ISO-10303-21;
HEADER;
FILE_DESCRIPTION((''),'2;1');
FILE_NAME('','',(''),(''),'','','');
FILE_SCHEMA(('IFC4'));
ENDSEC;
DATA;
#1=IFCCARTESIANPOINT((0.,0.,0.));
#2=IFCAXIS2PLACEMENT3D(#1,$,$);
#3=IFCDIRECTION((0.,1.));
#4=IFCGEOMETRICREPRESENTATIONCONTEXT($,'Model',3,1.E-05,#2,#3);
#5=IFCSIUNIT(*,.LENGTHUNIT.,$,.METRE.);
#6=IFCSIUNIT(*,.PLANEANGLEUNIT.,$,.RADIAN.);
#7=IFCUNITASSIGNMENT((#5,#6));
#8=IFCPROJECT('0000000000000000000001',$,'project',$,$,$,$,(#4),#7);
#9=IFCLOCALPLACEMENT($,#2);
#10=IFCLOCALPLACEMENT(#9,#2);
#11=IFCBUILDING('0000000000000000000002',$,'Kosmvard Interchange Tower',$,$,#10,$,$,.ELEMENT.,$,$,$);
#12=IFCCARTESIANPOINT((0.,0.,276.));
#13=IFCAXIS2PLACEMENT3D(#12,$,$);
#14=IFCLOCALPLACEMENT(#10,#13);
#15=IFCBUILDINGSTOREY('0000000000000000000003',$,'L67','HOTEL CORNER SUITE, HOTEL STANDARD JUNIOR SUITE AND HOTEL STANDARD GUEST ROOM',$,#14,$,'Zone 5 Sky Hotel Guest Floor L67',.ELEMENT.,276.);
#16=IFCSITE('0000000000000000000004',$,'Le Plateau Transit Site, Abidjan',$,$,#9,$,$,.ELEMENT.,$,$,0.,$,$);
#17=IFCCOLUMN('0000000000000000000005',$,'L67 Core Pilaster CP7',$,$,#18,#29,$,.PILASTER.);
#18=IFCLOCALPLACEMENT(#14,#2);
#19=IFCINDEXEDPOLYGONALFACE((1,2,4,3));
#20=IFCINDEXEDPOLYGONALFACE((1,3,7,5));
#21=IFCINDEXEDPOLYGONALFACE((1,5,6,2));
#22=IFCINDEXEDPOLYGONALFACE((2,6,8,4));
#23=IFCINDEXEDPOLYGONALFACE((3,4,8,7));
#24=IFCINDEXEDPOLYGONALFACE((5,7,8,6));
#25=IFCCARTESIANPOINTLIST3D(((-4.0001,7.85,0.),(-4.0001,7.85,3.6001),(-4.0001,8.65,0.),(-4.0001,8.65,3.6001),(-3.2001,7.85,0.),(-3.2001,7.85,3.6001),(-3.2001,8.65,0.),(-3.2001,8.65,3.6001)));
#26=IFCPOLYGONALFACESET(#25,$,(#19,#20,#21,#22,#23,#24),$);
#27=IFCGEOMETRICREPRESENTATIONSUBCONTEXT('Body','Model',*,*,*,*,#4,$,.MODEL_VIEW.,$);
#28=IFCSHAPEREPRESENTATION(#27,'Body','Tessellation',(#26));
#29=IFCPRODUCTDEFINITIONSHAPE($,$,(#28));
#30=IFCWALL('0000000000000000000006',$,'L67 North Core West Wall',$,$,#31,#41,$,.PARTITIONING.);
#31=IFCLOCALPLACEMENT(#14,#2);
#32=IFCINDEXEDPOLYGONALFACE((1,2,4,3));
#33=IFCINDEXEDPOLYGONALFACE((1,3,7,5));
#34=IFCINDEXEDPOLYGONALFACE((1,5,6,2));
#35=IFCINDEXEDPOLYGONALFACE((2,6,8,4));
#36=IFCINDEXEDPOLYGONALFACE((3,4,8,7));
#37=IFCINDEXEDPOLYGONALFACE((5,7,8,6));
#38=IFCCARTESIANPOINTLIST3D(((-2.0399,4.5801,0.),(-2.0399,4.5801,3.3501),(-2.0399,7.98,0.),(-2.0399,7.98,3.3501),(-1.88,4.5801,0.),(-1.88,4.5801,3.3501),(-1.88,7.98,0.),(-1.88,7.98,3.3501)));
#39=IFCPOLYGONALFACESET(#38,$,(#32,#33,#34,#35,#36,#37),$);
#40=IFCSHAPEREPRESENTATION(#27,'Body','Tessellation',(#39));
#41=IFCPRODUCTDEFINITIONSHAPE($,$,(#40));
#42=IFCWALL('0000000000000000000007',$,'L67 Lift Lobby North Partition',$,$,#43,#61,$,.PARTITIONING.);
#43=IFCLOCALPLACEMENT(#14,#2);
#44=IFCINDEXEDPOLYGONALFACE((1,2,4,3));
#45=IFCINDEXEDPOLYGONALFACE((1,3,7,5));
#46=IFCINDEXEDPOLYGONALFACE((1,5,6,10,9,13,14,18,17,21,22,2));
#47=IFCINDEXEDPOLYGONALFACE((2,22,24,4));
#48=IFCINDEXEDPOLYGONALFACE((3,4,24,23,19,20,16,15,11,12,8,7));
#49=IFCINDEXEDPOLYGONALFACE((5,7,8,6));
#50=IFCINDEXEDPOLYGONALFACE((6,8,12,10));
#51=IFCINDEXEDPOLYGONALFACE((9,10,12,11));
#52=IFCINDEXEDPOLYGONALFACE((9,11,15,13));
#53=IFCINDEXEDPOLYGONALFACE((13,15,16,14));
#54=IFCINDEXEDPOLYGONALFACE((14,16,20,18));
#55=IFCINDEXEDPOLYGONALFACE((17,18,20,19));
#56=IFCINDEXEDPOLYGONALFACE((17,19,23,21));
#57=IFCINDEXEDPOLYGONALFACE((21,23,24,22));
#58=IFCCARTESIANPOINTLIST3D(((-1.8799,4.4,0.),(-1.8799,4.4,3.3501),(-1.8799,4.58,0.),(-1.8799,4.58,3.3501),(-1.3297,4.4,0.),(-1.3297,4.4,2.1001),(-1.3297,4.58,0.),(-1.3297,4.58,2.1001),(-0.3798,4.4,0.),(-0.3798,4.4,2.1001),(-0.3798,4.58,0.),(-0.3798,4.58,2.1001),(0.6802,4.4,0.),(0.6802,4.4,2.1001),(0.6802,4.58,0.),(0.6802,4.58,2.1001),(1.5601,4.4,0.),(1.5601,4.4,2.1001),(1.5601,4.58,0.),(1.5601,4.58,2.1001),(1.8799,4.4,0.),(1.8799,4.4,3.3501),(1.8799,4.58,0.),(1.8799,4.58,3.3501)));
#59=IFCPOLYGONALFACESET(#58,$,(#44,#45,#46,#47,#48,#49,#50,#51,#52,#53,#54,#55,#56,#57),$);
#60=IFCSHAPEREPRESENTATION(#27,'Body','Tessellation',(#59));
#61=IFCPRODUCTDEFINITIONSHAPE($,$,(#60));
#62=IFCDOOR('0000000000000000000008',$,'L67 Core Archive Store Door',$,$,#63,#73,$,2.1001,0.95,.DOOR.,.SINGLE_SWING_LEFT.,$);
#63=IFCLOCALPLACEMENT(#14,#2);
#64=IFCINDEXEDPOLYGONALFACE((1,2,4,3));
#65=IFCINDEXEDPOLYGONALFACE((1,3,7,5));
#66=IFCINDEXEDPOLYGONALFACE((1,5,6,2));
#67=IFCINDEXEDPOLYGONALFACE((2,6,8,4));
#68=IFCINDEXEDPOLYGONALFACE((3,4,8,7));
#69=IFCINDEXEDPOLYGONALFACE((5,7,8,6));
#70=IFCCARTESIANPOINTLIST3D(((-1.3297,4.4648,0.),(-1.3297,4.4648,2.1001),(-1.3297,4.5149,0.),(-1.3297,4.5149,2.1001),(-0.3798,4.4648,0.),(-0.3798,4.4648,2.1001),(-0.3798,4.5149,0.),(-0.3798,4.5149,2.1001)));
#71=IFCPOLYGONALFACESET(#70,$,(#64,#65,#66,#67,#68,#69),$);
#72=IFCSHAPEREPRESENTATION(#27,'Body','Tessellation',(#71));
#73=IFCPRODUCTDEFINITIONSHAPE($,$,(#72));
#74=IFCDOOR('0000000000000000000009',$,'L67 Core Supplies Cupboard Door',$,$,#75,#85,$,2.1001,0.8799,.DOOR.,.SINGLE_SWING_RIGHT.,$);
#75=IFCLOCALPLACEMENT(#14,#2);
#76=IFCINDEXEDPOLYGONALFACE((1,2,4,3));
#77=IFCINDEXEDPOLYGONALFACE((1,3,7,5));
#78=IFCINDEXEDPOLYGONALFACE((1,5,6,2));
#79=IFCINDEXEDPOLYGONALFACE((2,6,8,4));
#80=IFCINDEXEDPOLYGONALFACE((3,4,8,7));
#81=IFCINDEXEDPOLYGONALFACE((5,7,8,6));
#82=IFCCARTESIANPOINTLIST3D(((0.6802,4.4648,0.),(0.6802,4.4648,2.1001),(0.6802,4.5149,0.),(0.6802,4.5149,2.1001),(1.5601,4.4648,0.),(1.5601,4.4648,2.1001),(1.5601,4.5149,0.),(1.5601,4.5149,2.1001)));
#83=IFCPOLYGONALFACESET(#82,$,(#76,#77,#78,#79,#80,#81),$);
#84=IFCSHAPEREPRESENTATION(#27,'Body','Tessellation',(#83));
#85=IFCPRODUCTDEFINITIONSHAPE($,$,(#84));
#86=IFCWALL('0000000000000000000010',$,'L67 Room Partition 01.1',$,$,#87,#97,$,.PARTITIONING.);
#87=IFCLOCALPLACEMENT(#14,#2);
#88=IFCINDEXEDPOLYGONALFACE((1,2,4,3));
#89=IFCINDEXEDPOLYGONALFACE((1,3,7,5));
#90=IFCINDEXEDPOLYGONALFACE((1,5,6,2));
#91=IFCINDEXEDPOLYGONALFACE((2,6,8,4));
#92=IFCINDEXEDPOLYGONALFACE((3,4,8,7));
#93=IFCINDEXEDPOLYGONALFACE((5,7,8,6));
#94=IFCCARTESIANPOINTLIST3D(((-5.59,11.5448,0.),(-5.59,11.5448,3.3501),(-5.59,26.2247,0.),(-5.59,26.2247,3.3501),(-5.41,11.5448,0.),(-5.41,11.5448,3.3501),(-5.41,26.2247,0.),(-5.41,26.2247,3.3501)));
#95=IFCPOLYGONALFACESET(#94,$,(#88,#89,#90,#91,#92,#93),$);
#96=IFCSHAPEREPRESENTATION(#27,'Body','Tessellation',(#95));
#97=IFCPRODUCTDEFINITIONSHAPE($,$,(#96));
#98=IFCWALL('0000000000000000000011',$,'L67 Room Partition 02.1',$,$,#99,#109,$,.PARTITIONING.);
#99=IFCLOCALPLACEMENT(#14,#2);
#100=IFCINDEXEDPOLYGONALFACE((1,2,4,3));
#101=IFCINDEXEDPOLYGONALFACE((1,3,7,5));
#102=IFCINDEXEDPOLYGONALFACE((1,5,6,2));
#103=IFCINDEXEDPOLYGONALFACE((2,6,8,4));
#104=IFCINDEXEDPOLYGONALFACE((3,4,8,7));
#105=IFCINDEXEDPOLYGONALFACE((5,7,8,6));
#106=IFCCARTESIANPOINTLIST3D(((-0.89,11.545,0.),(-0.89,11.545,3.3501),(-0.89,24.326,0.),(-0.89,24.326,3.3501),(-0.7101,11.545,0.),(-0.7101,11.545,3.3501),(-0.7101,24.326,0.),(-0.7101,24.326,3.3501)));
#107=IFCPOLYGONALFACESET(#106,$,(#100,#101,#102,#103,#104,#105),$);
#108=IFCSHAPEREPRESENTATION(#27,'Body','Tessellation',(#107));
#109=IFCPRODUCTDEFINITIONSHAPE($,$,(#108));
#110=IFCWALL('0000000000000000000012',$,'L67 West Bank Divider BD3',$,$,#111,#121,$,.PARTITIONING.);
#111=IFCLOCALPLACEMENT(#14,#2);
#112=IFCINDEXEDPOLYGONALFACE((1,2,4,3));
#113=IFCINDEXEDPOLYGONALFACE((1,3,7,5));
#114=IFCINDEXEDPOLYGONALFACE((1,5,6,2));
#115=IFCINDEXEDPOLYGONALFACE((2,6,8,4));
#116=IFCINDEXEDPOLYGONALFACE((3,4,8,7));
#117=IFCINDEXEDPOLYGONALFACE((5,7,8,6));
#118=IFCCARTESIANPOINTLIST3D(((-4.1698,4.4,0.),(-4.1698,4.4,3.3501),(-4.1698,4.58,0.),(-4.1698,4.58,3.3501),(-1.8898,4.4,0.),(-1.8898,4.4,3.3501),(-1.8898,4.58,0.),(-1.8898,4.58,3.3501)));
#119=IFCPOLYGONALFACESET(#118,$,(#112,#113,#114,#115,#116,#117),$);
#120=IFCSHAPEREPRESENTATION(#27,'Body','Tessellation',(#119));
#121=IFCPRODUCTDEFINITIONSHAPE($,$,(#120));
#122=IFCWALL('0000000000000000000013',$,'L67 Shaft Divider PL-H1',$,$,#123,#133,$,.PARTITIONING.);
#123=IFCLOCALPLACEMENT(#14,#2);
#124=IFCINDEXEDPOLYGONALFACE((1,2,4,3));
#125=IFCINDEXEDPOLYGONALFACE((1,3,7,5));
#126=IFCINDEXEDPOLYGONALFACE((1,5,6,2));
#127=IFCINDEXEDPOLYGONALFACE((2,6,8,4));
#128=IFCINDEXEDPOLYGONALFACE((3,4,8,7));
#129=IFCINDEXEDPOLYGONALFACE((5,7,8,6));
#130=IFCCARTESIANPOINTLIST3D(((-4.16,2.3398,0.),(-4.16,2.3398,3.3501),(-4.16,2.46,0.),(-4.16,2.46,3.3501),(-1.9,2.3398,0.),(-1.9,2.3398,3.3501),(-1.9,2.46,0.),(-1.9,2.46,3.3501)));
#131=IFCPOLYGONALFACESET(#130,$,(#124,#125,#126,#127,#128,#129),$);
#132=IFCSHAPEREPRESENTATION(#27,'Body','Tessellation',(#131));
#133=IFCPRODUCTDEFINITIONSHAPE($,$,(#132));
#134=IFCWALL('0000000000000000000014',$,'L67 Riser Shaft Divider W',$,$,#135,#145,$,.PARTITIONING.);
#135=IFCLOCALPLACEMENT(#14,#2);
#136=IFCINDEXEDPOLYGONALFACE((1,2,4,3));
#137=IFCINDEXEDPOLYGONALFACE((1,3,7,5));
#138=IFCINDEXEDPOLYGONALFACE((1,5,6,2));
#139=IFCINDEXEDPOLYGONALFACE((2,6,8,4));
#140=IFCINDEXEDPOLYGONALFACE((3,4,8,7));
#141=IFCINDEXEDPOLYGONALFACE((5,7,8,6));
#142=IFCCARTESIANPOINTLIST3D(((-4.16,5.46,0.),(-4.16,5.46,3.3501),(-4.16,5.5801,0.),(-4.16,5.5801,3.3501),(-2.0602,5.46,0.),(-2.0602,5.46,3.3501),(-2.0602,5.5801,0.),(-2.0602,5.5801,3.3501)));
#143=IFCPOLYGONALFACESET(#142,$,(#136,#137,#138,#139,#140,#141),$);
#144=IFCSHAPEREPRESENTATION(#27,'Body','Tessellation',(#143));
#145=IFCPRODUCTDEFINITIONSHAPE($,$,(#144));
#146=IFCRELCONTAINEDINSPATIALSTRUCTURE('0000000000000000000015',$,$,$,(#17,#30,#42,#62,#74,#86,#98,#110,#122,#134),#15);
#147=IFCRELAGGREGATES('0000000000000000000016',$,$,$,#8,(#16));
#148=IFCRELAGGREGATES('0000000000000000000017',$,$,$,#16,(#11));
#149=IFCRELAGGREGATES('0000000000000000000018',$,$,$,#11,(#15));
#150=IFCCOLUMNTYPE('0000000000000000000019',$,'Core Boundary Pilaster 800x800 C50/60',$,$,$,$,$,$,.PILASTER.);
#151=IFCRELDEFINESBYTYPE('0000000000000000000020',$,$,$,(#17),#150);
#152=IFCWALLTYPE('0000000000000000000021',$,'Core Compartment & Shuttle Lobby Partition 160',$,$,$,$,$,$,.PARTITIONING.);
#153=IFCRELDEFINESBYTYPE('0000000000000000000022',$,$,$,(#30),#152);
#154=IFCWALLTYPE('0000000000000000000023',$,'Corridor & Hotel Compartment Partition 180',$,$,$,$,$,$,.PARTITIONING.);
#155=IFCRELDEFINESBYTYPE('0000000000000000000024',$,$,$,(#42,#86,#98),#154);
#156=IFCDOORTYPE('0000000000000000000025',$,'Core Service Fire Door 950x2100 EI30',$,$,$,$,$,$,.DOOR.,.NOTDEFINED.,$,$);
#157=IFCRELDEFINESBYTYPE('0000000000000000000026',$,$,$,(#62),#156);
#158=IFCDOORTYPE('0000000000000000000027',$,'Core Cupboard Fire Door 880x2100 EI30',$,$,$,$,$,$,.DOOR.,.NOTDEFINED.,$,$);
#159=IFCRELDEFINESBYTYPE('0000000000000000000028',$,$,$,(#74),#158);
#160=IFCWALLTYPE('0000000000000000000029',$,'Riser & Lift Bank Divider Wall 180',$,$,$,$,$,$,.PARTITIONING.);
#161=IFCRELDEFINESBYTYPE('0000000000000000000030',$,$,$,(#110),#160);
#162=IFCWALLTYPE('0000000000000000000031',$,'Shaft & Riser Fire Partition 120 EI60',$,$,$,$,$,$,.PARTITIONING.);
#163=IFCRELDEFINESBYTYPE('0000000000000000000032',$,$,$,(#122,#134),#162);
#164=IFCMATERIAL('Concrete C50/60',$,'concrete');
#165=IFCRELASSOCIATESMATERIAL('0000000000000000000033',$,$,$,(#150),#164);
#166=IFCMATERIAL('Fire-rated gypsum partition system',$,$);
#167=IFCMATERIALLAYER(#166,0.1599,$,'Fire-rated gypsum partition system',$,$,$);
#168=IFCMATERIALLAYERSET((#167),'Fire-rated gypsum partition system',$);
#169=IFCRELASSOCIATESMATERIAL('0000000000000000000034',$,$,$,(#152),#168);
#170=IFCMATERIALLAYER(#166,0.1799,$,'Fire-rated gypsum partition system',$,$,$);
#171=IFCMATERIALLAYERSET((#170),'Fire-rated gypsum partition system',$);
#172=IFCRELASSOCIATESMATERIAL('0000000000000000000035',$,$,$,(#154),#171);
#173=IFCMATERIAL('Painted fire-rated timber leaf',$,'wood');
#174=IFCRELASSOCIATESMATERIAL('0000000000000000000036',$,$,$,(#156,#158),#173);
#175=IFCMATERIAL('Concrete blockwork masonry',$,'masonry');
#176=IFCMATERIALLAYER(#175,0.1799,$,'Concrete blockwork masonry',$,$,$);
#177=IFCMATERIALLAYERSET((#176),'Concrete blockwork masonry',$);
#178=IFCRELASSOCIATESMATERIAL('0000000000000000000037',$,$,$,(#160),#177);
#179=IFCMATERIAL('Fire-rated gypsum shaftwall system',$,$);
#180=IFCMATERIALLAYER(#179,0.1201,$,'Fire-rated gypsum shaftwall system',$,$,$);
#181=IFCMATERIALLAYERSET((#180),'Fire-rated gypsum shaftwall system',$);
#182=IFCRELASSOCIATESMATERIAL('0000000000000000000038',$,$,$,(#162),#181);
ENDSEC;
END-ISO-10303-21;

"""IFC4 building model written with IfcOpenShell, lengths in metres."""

from ifc_helpers import new_model, si_unit, direction, frame, frame_2d, origin, origin_2d, place, context, subcontext, project, spatial, rectangle, extrude, source, transform, mapped, material, layer, layer_set, material_profile, profile_set, type_object, element, fill, save


model = new_model("IFC4")

# Units and contexts
model_context = context("Model", 3, precision=1e-05, world=origin(), true_north=direction((0.0, 1.0)))
body_context = subcontext(model_context, "Body", "Model", "MODEL_VIEW")
ifc_project = project(units=[si_unit("LENGTHUNIT", "METRE"), si_unit("PLANEANGLEUNIT", "RADIAN")], contexts=[model_context])

# Site, building, storey
site_placement = place(None, origin())
site = spatial("IfcSite", under=ifc_project, at=site_placement, Name="Le Plateau Transit Site, Abidjan", CompositionType="ELEMENT", RefElevation=0.0)
building_placement = place(site_placement, origin())
building = spatial("IfcBuilding", under=site, at=building_placement, Name="Kosmvard Interchange Tower", CompositionType="ELEMENT")
storey_placement = place(building_placement, frame((0.0, 0.0, 276.0)))
storey = spatial("IfcBuildingStorey", under=building, at=storey_placement, Name="L67", Description="HOTEL CORNER SUITE, HOTEL STANDARD JUNIOR SUITE AND HOTEL STANDARD GUEST ROOM", LongName="Zone 5 Sky Hotel Guest Floor L67", CompositionType="ELEMENT", Elevation=276.0)

# Column
ifc_material_1 = material(Name="Concrete C50/60", Category="concrete")
ifc_material_profile = material_profile(ifc_material_1, rectangle(XDim=0.8, YDim=0.8, at=origin_2d()), Name="CP 800x800")
ifc_profile_set = profile_set([ifc_material_profile], Name="Concrete C50/60")
column_type = type_object("IfcColumnType", Name="Core Boundary Pilaster 800x800 C50/60", PredefinedType="PILASTER", material=ifc_profile_set)
shared_shape_1 = source(origin(), body_context, "Body", "SweptSolid", [
    extrude(rectangle(XDim=0.8, YDim=0.8, at=origin_2d()), origin(), (0.0, 0.0, 1.0), 3.6001),
])
column_placement = place(storey_placement, frame((-3.6001, 8.25, 0.0), z_axis=(0.0, 0.0, 1.0), x_axis=(1.0, 0.0, 0.0)))
element("IfcColumn", 1, at=column_placement, inside=storey, type_object=column_type, Name="L67 Core Pilaster CP7", PredefinedType="PILASTER", context=body_context, shape_type="MappedRepresentation", body=[
    mapped(shared_shape_1, transform((0.0, 0.0, 0.0), scale=1.0)),
])

# Wall
ifc_material_2 = material(Name="Fire-rated gypsum partition system")
ifc_layer_1 = layer(ifc_material_2, 0.1599, Name="Fire-rated gypsum partition system")
ifc_layer_set_1 = layer_set([ifc_layer_1], Name="Fire-rated gypsum partition system")
wall_type_1 = type_object("IfcWallType", Name="Core Compartment & Shuttle Lobby Partition 160", PredefinedType="PARTITIONING", material=ifc_layer_set_1)
wall_1_placement = place(storey_placement, frame((-1.96, 4.5801, 0.0), z_axis=(0.0, 0.0, 1.0), x_axis=(0.0, 1.0, 0.0)))
element("IfcWall", 2, at=wall_1_placement, inside=storey, type_object=wall_type_1, Name="L67 North Core West Wall", PredefinedType="PARTITIONING", context=body_context, shape_type="SweptSolid", body=[
    extrude(rectangle(XDim=3.3999, YDim=0.1599, at=frame_2d((1.7, 0.0))), origin(), (0.0, 0.0, 1.0), 3.3501),
])

# Wall, openings, doors
ifc_layer_2 = layer(ifc_material_2, 0.1799, Name="Fire-rated gypsum partition system")
ifc_layer_set_2 = layer_set([ifc_layer_2], Name="Fire-rated gypsum partition system")
wall_type_2 = type_object("IfcWallType", Name="Corridor & Hotel Compartment Partition 180", PredefinedType="PARTITIONING", material=ifc_layer_set_2)
wall_2_placement = place(storey_placement, frame((-1.8799, 4.49, 0.0), z_axis=(0.0, 0.0, 1.0), x_axis=(1.0, 0.0, 0.0)))
wall_2 = element("IfcWall", 3, at=wall_2_placement, inside=storey, type_object=wall_type_2, Name="L67 Lift Lobby North Partition", PredefinedType="PARTITIONING", context=body_context, shape_type="SweptSolid", body=[
    extrude(rectangle(XDim=3.7598, YDim=0.1799, at=frame_2d((1.8799, 0.0))), origin(), (0.0, 0.0, 1.0), 3.3501),
])
opening_1_placement = place(wall_2_placement, frame((0.55, 0.0, 0.0)))
opening_1 = element("IfcOpeningElement", 4, at=opening_1_placement, cuts=wall_2, PredefinedType="OPENING", context=body_context, shape_type="SweptSolid", body=[
    extrude(rectangle(XDim=0.95, YDim=2.1001, at=frame_2d((0.4751, 1.05))), frame((0.0, 0.1001, 0.0), z_axis=(0.0, -1.0, 0.0), x_axis=(1.0, 0.0, 0.0)), (0.0, 0.0, 1.0), 0.2),
])
opening_2_placement = place(wall_2_placement, frame((2.5601, 0.0, 0.0)))
opening_2 = element("IfcOpeningElement", 5, at=opening_2_placement, cuts=wall_2, PredefinedType="OPENING", context=body_context, shape_type="SweptSolid", body=[
    extrude(rectangle(XDim=0.8799, YDim=2.1001, at=frame_2d((0.4399, 1.05))), frame((0.0, 0.1001, 0.0), z_axis=(0.0, -1.0, 0.0), x_axis=(1.0, 0.0, 0.0)), (0.0, 0.0, 1.0), 0.2),
])
ifc_material_3 = material(Name="Painted fire-rated timber leaf", Category="wood")
door_type_1 = type_object("IfcDoorType", Name="Core Service Fire Door 950x2100 EI30", OperationType="NOTDEFINED", PredefinedType="DOOR", material=ifc_material_3)
shared_shape_2 = source(origin(), body_context, "Body", "SweptSolid", [
    extrude(rectangle(XDim=0.95, YDim=2.1001, at=frame_2d((0.4751, 1.05))), frame((0.0, 0.0249, 0.0), z_axis=(0.0, -1.0, 0.0), x_axis=(1.0, 0.0, 0.0)), (0.0, 0.0, 1.0), 0.05),
])
door_1_placement = place(opening_1_placement, origin())
door_1 = element("IfcDoor", 6, at=door_1_placement, inside=storey, type_object=door_type_1, Name="L67 Core Archive Store Door", OperationType="SINGLE_SWING_LEFT", OverallHeight=2.1001, OverallWidth=0.95, PredefinedType="DOOR", context=body_context, shape_type="MappedRepresentation", body=[
    mapped(shared_shape_2, transform((0.0, 0.0, 0.0), scale=1.0)),
])
fill(opening_1, door_1)
door_type_2 = type_object("IfcDoorType", Name="Core Cupboard Fire Door 880x2100 EI30", OperationType="NOTDEFINED", PredefinedType="DOOR", material=ifc_material_3)
shared_shape_3 = source(origin(), body_context, "Body", "SweptSolid", [
    extrude(rectangle(XDim=0.8799, YDim=2.1001, at=frame_2d((0.4399, 1.05))), frame((0.0, 0.0249, 0.0), z_axis=(0.0, -1.0, 0.0), x_axis=(1.0, 0.0, 0.0)), (0.0, 0.0, 1.0), 0.05),
])
door_2_placement = place(opening_2_placement, origin())
door_2 = element("IfcDoor", 7, at=door_2_placement, inside=storey, type_object=door_type_2, Name="L67 Core Supplies Cupboard Door", OperationType="SINGLE_SWING_RIGHT", OverallHeight=2.1001, OverallWidth=0.8799, PredefinedType="DOOR", context=body_context, shape_type="MappedRepresentation", body=[
    mapped(shared_shape_3, transform((0.0, 0.0, 0.0), scale=1.0)),
])
fill(opening_2, door_2)

# Walls
wall_3_placement = place(storey_placement, frame((-5.5, 11.5449, 0.0), z_axis=(0.0, 0.0, 1.0), x_axis=(0.0, 1.0, 0.0)))
element("IfcWall", 8, at=wall_3_placement, inside=storey, type_object=wall_type_2, Name="L67 Room Partition 01.1", PredefinedType="PARTITIONING", context=body_context, shape_type="SweptSolid", body=[
    extrude(rectangle(XDim=14.6799, YDim=0.1799, at=frame_2d((7.3398, 0.0))), origin(), (0.0, 0.0, 1.0), 3.3501),
])
wall_4_placement = place(storey_placement, frame((-0.8, 11.5449, 0.0), z_axis=(0.0, 0.0, 1.0), x_axis=(0.0, 1.0, 0.0)))
element("IfcWall", 9, at=wall_4_placement, inside=storey, type_object=wall_type_2, Name="L67 Room Partition 02.1", PredefinedType="PARTITIONING", context=body_context, shape_type="SweptSolid", body=[
    extrude(rectangle(XDim=12.781, YDim=0.1799, at=frame_2d((6.3906, 0.0))), origin(), (0.0, 0.0, 1.0), 3.3501),
])
ifc_material_4 = material(Name="Concrete blockwork masonry", Category="masonry")
ifc_layer_3 = layer(ifc_material_4, 0.1799, Name="Concrete blockwork masonry")
ifc_layer_set_3 = layer_set([ifc_layer_3], Name="Concrete blockwork masonry")
wall_type_3 = type_object("IfcWallType", Name="Riser & Lift Bank Divider Wall 180", PredefinedType="PARTITIONING", material=ifc_layer_set_3)
wall_5_placement = place(storey_placement, frame((-4.1699, 4.49, 0.0), z_axis=(0.0, 0.0, 1.0), x_axis=(1.0, 0.0, 0.0)))
element("IfcWall", 10, at=wall_5_placement, inside=storey, type_object=wall_type_3, Name="L67 West Bank Divider BD3", PredefinedType="PARTITIONING", context=body_context, shape_type="SweptSolid", body=[
    extrude(rectangle(XDim=2.28, YDim=0.1799, at=frame_2d((1.1401, 0.0))), origin(), (0.0, 0.0, 1.0), 3.3501),
])
ifc_material_5 = material(Name="Fire-rated gypsum shaftwall system")
ifc_layer_4 = layer(ifc_material_5, 0.1201, Name="Fire-rated gypsum shaftwall system")
ifc_layer_set_4 = layer_set([ifc_layer_4], Name="Fire-rated gypsum shaftwall system")
wall_type_4 = type_object("IfcWallType", Name="Shaft & Riser Fire Partition 120 EI60", PredefinedType="PARTITIONING", material=ifc_layer_set_4)
wall_6_placement = place(storey_placement, frame((-4.1599, 2.3999, 0.0), z_axis=(0.0, 0.0, 1.0), x_axis=(1.0, 0.0, 0.0)))
element("IfcWall", 11, at=wall_6_placement, inside=storey, type_object=wall_type_4, Name="L67 Shaft Divider PL-H1", PredefinedType="PARTITIONING", context=body_context, shape_type="SweptSolid", body=[
    extrude(rectangle(XDim=2.26, YDim=0.1201, at=frame_2d((1.1299, 0.0))), origin(), (0.0, 0.0, 1.0), 3.3501),
])
wall_7_placement = place(storey_placement, frame((-4.1599, 5.52, 0.0), z_axis=(0.0, 0.0, 1.0), x_axis=(1.0, 0.0, 0.0)))
element("IfcWall", 12, at=wall_7_placement, inside=storey, type_object=wall_type_4, Name="L67 Riser Shaft Divider W", PredefinedType="PARTITIONING", context=body_context, shape_type="SweptSolid", body=[
    extrude(rectangle(XDim=2.0999, YDim=0.1201, at=frame_2d((1.0498, 0.0))), origin(), (0.0, 0.0, 1.0), 3.3501),
])

save(model, "model.ifc")
